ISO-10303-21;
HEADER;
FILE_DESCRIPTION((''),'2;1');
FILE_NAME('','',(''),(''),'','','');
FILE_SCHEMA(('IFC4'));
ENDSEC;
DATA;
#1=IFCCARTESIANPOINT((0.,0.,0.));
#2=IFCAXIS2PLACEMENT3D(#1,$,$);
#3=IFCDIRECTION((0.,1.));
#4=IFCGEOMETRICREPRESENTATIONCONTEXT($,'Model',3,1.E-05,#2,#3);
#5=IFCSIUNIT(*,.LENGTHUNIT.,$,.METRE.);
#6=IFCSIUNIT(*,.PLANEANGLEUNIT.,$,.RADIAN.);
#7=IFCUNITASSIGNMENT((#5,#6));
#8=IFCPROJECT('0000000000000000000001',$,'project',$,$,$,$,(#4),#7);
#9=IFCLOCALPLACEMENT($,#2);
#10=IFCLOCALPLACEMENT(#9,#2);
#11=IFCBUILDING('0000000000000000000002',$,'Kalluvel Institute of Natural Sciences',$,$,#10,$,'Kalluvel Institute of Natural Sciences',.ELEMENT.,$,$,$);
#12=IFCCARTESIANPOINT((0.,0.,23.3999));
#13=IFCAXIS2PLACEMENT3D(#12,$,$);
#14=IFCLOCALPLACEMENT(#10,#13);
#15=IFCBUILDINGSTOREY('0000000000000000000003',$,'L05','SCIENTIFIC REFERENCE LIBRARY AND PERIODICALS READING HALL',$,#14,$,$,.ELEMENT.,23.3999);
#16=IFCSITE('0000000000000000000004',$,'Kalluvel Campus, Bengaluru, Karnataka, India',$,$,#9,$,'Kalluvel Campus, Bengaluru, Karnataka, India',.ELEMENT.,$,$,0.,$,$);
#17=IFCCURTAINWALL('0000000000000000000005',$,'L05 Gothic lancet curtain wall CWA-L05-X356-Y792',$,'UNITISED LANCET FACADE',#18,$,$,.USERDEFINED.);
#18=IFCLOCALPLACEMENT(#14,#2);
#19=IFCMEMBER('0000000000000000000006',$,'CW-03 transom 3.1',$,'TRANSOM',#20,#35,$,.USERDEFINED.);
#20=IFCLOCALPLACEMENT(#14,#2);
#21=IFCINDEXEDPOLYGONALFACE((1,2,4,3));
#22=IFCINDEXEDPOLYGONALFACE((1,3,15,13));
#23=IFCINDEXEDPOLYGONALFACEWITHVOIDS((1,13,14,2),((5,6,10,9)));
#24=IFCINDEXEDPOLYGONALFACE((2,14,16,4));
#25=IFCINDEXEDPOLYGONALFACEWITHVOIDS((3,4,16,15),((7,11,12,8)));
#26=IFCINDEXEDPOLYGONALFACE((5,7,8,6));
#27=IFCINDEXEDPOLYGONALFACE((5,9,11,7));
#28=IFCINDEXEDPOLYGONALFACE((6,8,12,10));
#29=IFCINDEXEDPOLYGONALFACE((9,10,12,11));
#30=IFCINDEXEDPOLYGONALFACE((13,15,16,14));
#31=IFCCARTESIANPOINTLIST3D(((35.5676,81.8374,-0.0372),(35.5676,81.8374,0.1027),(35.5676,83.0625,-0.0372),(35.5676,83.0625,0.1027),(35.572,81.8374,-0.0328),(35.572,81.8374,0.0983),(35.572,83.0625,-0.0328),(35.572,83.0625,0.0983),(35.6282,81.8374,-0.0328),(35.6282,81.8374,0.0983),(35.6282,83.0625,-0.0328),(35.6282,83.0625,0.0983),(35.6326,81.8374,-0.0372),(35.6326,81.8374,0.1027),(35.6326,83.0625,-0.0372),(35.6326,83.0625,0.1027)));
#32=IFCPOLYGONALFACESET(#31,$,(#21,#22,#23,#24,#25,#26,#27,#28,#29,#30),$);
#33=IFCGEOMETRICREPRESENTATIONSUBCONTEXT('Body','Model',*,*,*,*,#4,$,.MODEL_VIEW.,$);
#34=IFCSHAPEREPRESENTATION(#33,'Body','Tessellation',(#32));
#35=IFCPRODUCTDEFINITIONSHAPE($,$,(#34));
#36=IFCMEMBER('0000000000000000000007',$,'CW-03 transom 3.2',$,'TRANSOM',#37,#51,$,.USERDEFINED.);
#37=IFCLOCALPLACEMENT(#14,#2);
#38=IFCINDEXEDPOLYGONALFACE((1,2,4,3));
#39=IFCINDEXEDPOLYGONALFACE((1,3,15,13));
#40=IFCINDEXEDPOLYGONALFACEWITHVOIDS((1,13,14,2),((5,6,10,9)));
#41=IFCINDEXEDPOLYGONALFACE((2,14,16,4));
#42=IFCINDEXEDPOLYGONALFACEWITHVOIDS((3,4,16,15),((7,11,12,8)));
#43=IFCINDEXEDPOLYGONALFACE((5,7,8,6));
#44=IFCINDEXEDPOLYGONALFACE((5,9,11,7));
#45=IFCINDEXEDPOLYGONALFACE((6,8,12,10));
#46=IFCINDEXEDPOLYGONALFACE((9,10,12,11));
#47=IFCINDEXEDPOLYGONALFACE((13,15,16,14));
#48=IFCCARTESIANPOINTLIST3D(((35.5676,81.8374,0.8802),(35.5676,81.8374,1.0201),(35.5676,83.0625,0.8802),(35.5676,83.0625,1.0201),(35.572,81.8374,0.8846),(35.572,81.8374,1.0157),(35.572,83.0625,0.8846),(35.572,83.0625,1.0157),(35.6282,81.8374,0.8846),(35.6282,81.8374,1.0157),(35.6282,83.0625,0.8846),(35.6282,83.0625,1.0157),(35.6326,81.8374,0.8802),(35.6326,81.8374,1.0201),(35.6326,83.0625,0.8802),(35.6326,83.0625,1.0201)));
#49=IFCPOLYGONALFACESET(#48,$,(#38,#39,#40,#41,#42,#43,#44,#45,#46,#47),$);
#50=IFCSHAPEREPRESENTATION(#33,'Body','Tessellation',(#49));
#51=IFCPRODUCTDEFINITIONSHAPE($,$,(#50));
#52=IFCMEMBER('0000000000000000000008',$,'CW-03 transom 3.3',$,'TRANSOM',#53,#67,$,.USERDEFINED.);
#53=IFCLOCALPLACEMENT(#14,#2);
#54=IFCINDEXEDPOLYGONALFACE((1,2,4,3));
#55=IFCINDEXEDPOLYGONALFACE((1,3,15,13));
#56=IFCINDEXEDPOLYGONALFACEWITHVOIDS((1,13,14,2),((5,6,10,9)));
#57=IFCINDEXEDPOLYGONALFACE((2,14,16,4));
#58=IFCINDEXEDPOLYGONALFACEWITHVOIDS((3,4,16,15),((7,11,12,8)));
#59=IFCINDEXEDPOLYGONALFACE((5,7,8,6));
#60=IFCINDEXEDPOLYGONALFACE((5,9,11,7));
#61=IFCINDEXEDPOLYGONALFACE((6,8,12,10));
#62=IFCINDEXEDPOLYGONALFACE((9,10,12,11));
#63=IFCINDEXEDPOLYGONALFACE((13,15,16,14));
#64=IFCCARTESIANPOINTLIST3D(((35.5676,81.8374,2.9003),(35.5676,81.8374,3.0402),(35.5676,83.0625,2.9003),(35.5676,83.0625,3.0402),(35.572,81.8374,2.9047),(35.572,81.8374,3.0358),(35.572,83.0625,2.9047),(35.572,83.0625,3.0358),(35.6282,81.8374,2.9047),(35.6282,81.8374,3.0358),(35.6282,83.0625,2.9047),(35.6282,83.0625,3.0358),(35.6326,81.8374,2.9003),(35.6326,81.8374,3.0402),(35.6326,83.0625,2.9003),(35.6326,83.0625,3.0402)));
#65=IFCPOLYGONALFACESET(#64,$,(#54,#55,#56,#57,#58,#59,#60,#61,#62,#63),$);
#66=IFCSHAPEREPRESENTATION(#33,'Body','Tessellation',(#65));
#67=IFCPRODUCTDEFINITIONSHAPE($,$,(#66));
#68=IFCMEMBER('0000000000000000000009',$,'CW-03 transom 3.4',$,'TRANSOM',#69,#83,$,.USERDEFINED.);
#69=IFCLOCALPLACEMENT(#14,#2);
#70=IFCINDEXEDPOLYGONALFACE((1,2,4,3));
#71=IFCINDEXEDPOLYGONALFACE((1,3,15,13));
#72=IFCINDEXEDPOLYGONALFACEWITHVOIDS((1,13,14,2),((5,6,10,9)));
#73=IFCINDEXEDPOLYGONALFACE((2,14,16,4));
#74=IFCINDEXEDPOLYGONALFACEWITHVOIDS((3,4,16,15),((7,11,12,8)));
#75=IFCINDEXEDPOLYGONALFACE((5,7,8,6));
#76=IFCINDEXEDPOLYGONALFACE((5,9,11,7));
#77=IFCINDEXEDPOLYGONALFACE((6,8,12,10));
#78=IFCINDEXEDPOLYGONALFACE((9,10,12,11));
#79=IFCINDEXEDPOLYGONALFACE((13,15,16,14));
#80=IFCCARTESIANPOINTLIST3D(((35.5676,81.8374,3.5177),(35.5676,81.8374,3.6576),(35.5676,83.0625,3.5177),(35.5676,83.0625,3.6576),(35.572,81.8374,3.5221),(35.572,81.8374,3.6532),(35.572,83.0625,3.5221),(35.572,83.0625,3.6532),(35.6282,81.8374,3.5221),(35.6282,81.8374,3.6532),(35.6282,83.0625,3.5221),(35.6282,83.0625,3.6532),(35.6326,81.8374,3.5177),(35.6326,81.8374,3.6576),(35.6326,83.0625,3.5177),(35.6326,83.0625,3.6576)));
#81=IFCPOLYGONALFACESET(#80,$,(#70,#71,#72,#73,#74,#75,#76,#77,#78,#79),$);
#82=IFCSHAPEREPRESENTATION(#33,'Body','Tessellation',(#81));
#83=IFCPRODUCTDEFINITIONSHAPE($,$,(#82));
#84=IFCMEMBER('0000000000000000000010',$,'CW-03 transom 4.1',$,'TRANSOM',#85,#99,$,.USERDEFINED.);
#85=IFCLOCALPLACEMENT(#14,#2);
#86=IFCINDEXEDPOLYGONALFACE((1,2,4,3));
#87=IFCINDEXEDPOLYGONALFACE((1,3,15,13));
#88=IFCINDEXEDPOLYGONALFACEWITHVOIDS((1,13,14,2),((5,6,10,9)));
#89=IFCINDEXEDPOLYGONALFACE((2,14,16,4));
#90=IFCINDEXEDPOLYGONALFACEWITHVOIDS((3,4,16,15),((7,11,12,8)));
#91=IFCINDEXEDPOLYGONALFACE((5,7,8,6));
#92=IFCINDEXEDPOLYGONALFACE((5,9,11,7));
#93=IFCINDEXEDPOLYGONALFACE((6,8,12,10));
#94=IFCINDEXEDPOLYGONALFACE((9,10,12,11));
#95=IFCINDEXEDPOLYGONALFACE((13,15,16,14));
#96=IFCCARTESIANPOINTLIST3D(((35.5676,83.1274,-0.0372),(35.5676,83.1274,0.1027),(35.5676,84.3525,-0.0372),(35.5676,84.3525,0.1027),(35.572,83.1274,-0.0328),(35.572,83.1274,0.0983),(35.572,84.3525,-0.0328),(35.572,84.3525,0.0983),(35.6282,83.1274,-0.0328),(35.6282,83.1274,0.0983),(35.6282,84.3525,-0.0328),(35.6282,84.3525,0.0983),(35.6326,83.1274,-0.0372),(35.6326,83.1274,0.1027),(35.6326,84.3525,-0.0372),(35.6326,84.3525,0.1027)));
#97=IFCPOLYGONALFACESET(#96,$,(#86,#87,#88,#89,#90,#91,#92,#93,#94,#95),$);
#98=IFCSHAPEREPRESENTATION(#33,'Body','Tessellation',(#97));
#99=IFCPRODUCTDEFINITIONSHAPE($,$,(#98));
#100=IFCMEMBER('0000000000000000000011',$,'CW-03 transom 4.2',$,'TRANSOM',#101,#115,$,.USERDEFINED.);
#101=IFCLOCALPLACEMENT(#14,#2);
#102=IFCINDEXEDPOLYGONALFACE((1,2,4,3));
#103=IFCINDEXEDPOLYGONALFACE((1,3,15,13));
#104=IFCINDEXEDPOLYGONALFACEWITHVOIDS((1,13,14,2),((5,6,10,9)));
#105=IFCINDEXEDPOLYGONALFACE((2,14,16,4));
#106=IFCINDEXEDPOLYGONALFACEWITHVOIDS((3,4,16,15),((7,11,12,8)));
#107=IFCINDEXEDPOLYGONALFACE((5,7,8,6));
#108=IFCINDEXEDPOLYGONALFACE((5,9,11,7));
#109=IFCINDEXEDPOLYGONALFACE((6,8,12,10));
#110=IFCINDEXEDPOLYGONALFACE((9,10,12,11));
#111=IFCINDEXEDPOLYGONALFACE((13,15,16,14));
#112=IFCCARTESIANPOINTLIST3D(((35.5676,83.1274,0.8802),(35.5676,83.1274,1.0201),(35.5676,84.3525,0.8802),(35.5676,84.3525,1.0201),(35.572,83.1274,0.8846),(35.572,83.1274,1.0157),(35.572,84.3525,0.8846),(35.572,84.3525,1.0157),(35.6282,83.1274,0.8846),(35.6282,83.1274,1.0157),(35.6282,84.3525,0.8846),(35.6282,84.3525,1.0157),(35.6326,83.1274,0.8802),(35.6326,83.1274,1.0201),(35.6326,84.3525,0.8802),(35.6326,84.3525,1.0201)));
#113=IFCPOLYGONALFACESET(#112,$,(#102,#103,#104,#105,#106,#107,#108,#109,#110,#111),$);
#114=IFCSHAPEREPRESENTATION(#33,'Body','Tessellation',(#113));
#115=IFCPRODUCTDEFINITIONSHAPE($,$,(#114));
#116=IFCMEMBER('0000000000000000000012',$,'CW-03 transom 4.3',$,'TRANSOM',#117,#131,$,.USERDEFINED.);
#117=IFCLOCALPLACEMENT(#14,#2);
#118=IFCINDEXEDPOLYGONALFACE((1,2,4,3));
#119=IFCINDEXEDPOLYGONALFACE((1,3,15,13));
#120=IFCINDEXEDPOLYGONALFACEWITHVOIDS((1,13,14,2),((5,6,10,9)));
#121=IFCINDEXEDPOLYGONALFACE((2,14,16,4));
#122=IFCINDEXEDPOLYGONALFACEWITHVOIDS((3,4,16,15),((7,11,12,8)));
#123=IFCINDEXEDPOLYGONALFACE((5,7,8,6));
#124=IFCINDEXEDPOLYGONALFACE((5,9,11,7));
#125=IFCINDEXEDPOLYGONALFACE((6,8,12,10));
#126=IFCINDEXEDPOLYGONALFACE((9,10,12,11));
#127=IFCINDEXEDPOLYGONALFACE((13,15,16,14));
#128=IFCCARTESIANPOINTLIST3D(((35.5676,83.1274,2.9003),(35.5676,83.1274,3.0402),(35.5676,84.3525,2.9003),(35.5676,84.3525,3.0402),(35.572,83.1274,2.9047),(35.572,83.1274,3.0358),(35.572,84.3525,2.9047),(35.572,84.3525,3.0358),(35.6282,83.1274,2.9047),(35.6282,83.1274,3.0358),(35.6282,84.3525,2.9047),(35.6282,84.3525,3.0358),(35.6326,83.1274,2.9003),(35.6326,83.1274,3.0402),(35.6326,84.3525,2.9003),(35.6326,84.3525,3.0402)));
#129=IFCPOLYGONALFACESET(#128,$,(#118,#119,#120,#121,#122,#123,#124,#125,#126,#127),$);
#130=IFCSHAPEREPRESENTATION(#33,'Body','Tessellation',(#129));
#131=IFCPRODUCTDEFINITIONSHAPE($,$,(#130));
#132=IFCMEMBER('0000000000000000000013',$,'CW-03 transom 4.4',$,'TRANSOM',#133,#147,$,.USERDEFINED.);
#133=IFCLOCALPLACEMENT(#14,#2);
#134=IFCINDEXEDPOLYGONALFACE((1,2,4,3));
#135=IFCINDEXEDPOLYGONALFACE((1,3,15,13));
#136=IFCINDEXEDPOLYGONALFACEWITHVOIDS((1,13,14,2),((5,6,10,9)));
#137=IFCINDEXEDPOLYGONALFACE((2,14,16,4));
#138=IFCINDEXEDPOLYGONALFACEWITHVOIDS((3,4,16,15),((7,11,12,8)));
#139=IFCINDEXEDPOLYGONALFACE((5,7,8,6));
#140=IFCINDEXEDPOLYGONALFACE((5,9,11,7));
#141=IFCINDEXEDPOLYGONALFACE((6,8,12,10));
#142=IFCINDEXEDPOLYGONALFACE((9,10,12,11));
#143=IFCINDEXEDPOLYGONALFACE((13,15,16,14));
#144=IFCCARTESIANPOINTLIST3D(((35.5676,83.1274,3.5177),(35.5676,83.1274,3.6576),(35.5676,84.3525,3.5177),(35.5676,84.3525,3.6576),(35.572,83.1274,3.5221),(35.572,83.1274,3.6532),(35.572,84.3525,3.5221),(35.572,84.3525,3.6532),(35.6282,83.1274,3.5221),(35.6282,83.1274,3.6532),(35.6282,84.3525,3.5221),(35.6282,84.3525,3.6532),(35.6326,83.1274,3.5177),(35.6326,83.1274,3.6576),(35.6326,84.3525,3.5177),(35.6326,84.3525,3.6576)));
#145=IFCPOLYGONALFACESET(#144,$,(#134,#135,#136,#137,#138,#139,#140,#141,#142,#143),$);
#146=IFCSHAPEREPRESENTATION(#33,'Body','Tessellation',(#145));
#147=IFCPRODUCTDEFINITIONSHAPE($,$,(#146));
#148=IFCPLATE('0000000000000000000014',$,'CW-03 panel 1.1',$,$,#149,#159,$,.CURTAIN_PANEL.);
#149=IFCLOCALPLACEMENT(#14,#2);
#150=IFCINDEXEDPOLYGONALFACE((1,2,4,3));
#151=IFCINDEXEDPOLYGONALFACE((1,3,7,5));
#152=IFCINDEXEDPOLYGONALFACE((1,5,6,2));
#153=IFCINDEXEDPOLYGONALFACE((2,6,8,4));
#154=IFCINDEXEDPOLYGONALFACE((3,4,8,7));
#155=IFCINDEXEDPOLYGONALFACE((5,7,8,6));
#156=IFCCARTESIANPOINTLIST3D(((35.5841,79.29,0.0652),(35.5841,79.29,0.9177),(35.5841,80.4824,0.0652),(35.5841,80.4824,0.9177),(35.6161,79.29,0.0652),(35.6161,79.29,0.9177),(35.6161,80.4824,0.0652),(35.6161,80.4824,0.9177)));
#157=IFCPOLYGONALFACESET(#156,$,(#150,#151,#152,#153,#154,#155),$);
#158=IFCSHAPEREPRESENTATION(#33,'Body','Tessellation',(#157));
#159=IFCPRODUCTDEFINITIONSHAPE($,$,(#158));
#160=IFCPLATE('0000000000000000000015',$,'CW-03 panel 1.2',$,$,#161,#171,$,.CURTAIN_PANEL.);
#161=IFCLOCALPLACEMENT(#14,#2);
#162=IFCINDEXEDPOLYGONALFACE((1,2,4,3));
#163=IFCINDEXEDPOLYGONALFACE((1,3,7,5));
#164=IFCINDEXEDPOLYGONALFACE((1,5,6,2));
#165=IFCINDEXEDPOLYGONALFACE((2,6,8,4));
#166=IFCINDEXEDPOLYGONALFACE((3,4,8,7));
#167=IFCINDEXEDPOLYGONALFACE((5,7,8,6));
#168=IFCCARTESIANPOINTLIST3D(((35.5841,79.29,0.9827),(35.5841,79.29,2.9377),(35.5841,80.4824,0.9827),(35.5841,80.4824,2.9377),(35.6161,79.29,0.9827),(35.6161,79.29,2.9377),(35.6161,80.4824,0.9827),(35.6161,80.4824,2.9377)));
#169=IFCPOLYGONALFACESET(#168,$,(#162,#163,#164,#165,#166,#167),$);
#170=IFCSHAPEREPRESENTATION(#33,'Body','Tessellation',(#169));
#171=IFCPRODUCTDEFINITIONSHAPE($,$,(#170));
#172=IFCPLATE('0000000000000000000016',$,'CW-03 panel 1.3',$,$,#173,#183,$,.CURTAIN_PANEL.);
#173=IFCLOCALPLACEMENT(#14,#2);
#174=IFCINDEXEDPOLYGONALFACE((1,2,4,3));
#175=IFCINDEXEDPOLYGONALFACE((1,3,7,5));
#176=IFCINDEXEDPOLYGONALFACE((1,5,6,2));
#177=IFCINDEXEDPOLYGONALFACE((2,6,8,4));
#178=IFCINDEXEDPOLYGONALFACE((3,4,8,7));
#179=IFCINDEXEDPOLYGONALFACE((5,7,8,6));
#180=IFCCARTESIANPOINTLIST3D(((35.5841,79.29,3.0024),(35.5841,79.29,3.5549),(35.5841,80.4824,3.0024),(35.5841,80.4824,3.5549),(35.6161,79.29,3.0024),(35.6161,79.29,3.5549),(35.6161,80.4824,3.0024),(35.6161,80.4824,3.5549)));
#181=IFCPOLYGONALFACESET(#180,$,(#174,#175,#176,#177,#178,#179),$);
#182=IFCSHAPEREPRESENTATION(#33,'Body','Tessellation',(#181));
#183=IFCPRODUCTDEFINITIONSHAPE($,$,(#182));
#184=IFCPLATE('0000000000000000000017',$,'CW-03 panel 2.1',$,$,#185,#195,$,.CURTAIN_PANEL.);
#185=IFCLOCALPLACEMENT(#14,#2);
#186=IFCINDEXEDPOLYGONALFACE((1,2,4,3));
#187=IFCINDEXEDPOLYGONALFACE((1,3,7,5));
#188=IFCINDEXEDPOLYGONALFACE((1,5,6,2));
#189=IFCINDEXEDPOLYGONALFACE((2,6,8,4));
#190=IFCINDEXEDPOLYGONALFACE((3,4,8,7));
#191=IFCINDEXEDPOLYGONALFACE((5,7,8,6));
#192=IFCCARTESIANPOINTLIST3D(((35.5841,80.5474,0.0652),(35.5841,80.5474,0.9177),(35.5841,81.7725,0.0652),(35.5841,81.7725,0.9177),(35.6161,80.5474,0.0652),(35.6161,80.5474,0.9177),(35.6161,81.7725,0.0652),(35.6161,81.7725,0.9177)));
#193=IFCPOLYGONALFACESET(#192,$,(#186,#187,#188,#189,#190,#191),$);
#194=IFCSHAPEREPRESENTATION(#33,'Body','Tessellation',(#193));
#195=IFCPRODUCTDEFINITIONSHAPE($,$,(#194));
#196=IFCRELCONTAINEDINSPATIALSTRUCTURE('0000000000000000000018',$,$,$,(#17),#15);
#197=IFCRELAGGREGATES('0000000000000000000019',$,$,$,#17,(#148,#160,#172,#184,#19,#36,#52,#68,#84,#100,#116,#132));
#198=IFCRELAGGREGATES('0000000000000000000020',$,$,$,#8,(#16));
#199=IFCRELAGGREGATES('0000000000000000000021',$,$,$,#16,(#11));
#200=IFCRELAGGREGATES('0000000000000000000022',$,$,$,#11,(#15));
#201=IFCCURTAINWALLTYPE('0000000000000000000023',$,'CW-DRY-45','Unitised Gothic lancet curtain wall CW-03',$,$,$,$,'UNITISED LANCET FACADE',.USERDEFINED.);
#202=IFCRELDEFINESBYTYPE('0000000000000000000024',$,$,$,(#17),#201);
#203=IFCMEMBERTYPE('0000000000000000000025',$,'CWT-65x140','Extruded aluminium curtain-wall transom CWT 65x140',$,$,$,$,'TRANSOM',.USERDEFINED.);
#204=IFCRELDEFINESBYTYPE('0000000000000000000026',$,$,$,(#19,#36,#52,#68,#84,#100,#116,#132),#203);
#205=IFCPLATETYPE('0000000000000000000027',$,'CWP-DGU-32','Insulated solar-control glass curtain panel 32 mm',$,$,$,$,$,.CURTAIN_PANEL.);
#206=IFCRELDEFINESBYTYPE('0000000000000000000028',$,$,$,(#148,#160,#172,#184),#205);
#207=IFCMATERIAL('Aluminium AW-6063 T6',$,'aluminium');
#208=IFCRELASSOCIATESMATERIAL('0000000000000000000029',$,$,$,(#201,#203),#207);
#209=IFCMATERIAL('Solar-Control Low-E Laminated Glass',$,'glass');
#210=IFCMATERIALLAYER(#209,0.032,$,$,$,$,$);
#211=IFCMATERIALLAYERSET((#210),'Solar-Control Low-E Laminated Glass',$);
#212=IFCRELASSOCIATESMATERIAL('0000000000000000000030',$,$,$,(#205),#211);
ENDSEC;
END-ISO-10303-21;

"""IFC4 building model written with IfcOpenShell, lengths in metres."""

from ifc_helpers import new_model, si_unit, direction, frame, origin, origin_2d, place, context, subcontext, project, spatial, rectangle, hollow_rectangle, extrude, material, layer, layer_set, material_profile, profile_set, type_object, element, aggregate, save


model = new_model("IFC4")

# Units and contexts
model_context = context("Model", 3, precision=1e-05, world=origin(), true_north=direction((0.0, 1.0)))
body_context = subcontext(model_context, "Body", "Model", "MODEL_VIEW")
ifc_project = project(units=[si_unit("LENGTHUNIT", "METRE"), si_unit("PLANEANGLEUNIT", "RADIAN")], contexts=[model_context])

# Site, building, storey
site_placement = place(None, origin())
site = spatial("IfcSite", under=ifc_project, at=site_placement, Name="Kalluvel Campus, Bengaluru, Karnataka, India", LongName="Kalluvel Campus, Bengaluru, Karnataka, India", CompositionType="ELEMENT", RefElevation=0.0)
building_placement = place(site_placement, origin())
building = spatial("IfcBuilding", under=site, at=building_placement, Name="Kalluvel Institute of Natural Sciences", LongName="Kalluvel Institute of Natural Sciences", CompositionType="ELEMENT")
storey_placement = place(building_placement, frame((0.0, 0.0, 23.3999)))
storey = spatial("IfcBuildingStorey", under=building, at=storey_placement, Name="L05", Description="SCIENTIFIC REFERENCE LIBRARY AND PERIODICALS READING HALL", CompositionType="ELEMENT", Elevation=23.3999)

# Curtain wall, members, plates
ifc_material_1 = material(Name="Aluminium AW-6063 T6", Category="aluminium")
curtain_wall_type = type_object("IfcCurtainWallType", Name="CW-DRY-45", Description="Unitised Gothic lancet curtain wall CW-03", ElementType="UNITISED LANCET FACADE", PredefinedType="USERDEFINED", material=ifc_material_1)
curtain_wall_placement = place(storey_placement, origin())
curtain_wall = element("IfcCurtainWall", 1, at=curtain_wall_placement, inside=storey, type_object=curtain_wall_type, Name="L05 Gothic lancet curtain wall CWA-L05-X356-Y792", ObjectType="UNITISED LANCET FACADE", PredefinedType="USERDEFINED")
ifc_material_profile_1 = material_profile(ifc_material_1, hollow_rectangle(XDim=0.0649, YDim=0.1399, WallThickness=0.0044, at=origin_2d()), Name="CWT 65x140")
ifc_profile_set_1 = profile_set([ifc_material_profile_1], Name="Aluminium AW-6063 T6")
member_type_1 = type_object("IfcMemberType", Name="CWT-65x140", Description="Extruded aluminium curtain-wall transom CWT 65x140", ElementType="TRANSOM", PredefinedType="USERDEFINED", material=ifc_profile_set_1)
member_1_placement = place(storey_placement, frame((35.6001, 81.8374, 0.0327), z_axis=(0.0, 1.0, 0.0), x_axis=(-1.0, 0.0, 0.0)))
member_1 = element("IfcMember", 2, at=member_1_placement, type_object=member_type_1, Name="CW-03 transom 3.1", ObjectType="TRANSOM", PredefinedType="USERDEFINED", context=body_context, shape_type="SweptSolid", body=[
    extrude(hollow_rectangle(XDim=0.0649, YDim=0.1399, WallThickness=0.0044, at=origin_2d()), origin(), (0.0, 0.0, 1.0), 1.2251),
])
member_2_placement = place(storey_placement, frame((35.6001, 81.8374, 0.9502), z_axis=(0.0, 1.0, 0.0), x_axis=(-1.0, 0.0, 0.0)))
member_2 = element("IfcMember", 3, at=member_2_placement, type_object=member_type_1, Name="CW-03 transom 3.2", ObjectType="TRANSOM", PredefinedType="USERDEFINED", context=body_context, shape_type="SweptSolid", body=[
    extrude(hollow_rectangle(XDim=0.0649, YDim=0.1399, WallThickness=0.0044, at=origin_2d()), origin(), (0.0, 0.0, 1.0), 1.2251),
])
member_3_placement = place(storey_placement, frame((35.6001, 81.8374, 2.9702), z_axis=(0.0, 1.0, 0.0), x_axis=(-1.0, 0.0, 0.0)))
member_3 = element("IfcMember", 4, at=member_3_placement, type_object=member_type_1, Name="CW-03 transom 3.3", ObjectType="TRANSOM", PredefinedType="USERDEFINED", context=body_context, shape_type="SweptSolid", body=[
    extrude(hollow_rectangle(XDim=0.0649, YDim=0.1399, WallThickness=0.0044, at=origin_2d()), origin(), (0.0, 0.0, 1.0), 1.2251),
])
member_4_placement = place(storey_placement, frame((35.6001, 81.8374, 3.5876), z_axis=(0.0, 1.0, 0.0), x_axis=(-1.0, 0.0, 0.0)))
member_4 = element("IfcMember", 5, at=member_4_placement, type_object=member_type_1, Name="CW-03 transom 3.4", ObjectType="TRANSOM", PredefinedType="USERDEFINED", context=body_context, shape_type="SweptSolid", body=[
    extrude(hollow_rectangle(XDim=0.0649, YDim=0.1399, WallThickness=0.0044, at=origin_2d()), origin(), (0.0, 0.0, 1.0), 1.2251),
])
member_5_placement = place(storey_placement, frame((35.6001, 83.1274, 0.0327), z_axis=(0.0, 1.0, 0.0), x_axis=(-1.0, 0.0, 0.0)))
member_5 = element("IfcMember", 6, at=member_5_placement, type_object=member_type_1, Name="CW-03 transom 4.1", ObjectType="TRANSOM", PredefinedType="USERDEFINED", context=body_context, shape_type="SweptSolid", body=[
    extrude(hollow_rectangle(XDim=0.0649, YDim=0.1399, WallThickness=0.0044, at=origin_2d()), origin(), (0.0, 0.0, 1.0), 1.2251),
])
member_6_placement = place(storey_placement, frame((35.6001, 83.1274, 0.9502), z_axis=(0.0, 1.0, 0.0), x_axis=(-1.0, 0.0, 0.0)))
member_6 = element("IfcMember", 7, at=member_6_placement, type_object=member_type_1, Name="CW-03 transom 4.2", ObjectType="TRANSOM", PredefinedType="USERDEFINED", context=body_context, shape_type="SweptSolid", body=[
    extrude(hollow_rectangle(XDim=0.0649, YDim=0.1399, WallThickness=0.0044, at=origin_2d()), origin(), (0.0, 0.0, 1.0), 1.2251),
])
member_7_placement = place(storey_placement, frame((35.6001, 83.1274, 2.9702), z_axis=(0.0, 1.0, 0.0), x_axis=(-1.0, 0.0, 0.0)))
member_7 = element("IfcMember", 8, at=member_7_placement, type_object=member_type_1, Name="CW-03 transom 4.3", ObjectType="TRANSOM", PredefinedType="USERDEFINED", context=body_context, shape_type="SweptSolid", body=[
    extrude(hollow_rectangle(XDim=0.0649, YDim=0.1399, WallThickness=0.0044, at=origin_2d()), origin(), (0.0, 0.0, 1.0), 1.2251),
])
member_8_placement = place(storey_placement, frame((35.6001, 83.1274, 3.5876), z_axis=(0.0, 1.0, 0.0), x_axis=(-1.0, 0.0, 0.0)))
member_8 = element("IfcMember", 9, at=member_8_placement, type_object=member_type_1, Name="CW-03 transom 4.4", ObjectType="TRANSOM", PredefinedType="USERDEFINED", context=body_context, shape_type="SweptSolid", body=[
    extrude(hollow_rectangle(XDim=0.0649, YDim=0.1399, WallThickness=0.0044, at=origin_2d()), origin(), (0.0, 0.0, 1.0), 1.2251),
])
ifc_material_2 = material(Name="Solar-Control Low-E Laminated Glass", Category="glass")
ifc_layer = layer(ifc_material_2, 0.032)
ifc_layer_set = layer_set([ifc_layer], Name="Solar-Control Low-E Laminated Glass")
plate_type = type_object("IfcPlateType", Name="CWP-DGU-32", Description="Insulated solar-control glass curtain panel 32 mm", PredefinedType="CURTAIN_PANEL", material=ifc_layer_set)
plate_1_placement = place(storey_placement, frame((35.6001, 79.8862, 0.0652), z_axis=(0.0, 0.0, 1.0), x_axis=(0.0, 1.0, 0.0)))
plate_1 = element("IfcPlate", 10, at=plate_1_placement, type_object=plate_type, Name="CW-03 panel 1.1", PredefinedType="CURTAIN_PANEL", context=body_context, shape_type="SweptSolid", body=[
    extrude(rectangle(XDim=1.1924, YDim=0.032, at=origin_2d()), origin(), (0.0, 0.0, 1.0), 0.8525),
])
plate_2_placement = place(storey_placement, frame((35.6001, 79.8862, 0.9827), z_axis=(0.0, 0.0, 1.0), x_axis=(0.0, 1.0, 0.0)))
plate_2 = element("IfcPlate", 11, at=plate_2_placement, type_object=plate_type, Name="CW-03 panel 1.2", PredefinedType="CURTAIN_PANEL", context=body_context, shape_type="SweptSolid", body=[
    extrude(rectangle(XDim=1.1924, YDim=0.032, at=origin_2d()), origin(), (0.0, 0.0, 1.0), 1.9551),
])
plate_3_placement = place(storey_placement, frame((35.6001, 79.8862, 3.0024), z_axis=(0.0, 0.0, 1.0), x_axis=(0.0, 1.0, 0.0)))
plate_3 = element("IfcPlate", 12, at=plate_3_placement, type_object=plate_type, Name="CW-03 panel 1.3", PredefinedType="CURTAIN_PANEL", context=body_context, shape_type="SweptSolid", body=[
    extrude(rectangle(XDim=1.1924, YDim=0.032, at=origin_2d()), origin(), (0.0, 0.0, 1.0), 0.5525),
])
plate_4_placement = place(storey_placement, frame((35.6001, 81.1599, 0.0652), z_axis=(0.0, 0.0, 1.0), x_axis=(0.0, 1.0, 0.0)))
plate_4 = element("IfcPlate", 13, at=plate_4_placement, type_object=plate_type, Name="CW-03 panel 2.1", PredefinedType="CURTAIN_PANEL", context=body_context, shape_type="SweptSolid", body=[
    extrude(rectangle(XDim=1.2251, YDim=0.032, at=origin_2d()), origin(), (0.0, 0.0, 1.0), 0.8525),
])
aggregate(curtain_wall, [plate_1, plate_2, plate_3, plate_4, member_1, member_2, member_3, member_4, member_5, member_6, member_7, member_8])

save(model, "model.ifc")
